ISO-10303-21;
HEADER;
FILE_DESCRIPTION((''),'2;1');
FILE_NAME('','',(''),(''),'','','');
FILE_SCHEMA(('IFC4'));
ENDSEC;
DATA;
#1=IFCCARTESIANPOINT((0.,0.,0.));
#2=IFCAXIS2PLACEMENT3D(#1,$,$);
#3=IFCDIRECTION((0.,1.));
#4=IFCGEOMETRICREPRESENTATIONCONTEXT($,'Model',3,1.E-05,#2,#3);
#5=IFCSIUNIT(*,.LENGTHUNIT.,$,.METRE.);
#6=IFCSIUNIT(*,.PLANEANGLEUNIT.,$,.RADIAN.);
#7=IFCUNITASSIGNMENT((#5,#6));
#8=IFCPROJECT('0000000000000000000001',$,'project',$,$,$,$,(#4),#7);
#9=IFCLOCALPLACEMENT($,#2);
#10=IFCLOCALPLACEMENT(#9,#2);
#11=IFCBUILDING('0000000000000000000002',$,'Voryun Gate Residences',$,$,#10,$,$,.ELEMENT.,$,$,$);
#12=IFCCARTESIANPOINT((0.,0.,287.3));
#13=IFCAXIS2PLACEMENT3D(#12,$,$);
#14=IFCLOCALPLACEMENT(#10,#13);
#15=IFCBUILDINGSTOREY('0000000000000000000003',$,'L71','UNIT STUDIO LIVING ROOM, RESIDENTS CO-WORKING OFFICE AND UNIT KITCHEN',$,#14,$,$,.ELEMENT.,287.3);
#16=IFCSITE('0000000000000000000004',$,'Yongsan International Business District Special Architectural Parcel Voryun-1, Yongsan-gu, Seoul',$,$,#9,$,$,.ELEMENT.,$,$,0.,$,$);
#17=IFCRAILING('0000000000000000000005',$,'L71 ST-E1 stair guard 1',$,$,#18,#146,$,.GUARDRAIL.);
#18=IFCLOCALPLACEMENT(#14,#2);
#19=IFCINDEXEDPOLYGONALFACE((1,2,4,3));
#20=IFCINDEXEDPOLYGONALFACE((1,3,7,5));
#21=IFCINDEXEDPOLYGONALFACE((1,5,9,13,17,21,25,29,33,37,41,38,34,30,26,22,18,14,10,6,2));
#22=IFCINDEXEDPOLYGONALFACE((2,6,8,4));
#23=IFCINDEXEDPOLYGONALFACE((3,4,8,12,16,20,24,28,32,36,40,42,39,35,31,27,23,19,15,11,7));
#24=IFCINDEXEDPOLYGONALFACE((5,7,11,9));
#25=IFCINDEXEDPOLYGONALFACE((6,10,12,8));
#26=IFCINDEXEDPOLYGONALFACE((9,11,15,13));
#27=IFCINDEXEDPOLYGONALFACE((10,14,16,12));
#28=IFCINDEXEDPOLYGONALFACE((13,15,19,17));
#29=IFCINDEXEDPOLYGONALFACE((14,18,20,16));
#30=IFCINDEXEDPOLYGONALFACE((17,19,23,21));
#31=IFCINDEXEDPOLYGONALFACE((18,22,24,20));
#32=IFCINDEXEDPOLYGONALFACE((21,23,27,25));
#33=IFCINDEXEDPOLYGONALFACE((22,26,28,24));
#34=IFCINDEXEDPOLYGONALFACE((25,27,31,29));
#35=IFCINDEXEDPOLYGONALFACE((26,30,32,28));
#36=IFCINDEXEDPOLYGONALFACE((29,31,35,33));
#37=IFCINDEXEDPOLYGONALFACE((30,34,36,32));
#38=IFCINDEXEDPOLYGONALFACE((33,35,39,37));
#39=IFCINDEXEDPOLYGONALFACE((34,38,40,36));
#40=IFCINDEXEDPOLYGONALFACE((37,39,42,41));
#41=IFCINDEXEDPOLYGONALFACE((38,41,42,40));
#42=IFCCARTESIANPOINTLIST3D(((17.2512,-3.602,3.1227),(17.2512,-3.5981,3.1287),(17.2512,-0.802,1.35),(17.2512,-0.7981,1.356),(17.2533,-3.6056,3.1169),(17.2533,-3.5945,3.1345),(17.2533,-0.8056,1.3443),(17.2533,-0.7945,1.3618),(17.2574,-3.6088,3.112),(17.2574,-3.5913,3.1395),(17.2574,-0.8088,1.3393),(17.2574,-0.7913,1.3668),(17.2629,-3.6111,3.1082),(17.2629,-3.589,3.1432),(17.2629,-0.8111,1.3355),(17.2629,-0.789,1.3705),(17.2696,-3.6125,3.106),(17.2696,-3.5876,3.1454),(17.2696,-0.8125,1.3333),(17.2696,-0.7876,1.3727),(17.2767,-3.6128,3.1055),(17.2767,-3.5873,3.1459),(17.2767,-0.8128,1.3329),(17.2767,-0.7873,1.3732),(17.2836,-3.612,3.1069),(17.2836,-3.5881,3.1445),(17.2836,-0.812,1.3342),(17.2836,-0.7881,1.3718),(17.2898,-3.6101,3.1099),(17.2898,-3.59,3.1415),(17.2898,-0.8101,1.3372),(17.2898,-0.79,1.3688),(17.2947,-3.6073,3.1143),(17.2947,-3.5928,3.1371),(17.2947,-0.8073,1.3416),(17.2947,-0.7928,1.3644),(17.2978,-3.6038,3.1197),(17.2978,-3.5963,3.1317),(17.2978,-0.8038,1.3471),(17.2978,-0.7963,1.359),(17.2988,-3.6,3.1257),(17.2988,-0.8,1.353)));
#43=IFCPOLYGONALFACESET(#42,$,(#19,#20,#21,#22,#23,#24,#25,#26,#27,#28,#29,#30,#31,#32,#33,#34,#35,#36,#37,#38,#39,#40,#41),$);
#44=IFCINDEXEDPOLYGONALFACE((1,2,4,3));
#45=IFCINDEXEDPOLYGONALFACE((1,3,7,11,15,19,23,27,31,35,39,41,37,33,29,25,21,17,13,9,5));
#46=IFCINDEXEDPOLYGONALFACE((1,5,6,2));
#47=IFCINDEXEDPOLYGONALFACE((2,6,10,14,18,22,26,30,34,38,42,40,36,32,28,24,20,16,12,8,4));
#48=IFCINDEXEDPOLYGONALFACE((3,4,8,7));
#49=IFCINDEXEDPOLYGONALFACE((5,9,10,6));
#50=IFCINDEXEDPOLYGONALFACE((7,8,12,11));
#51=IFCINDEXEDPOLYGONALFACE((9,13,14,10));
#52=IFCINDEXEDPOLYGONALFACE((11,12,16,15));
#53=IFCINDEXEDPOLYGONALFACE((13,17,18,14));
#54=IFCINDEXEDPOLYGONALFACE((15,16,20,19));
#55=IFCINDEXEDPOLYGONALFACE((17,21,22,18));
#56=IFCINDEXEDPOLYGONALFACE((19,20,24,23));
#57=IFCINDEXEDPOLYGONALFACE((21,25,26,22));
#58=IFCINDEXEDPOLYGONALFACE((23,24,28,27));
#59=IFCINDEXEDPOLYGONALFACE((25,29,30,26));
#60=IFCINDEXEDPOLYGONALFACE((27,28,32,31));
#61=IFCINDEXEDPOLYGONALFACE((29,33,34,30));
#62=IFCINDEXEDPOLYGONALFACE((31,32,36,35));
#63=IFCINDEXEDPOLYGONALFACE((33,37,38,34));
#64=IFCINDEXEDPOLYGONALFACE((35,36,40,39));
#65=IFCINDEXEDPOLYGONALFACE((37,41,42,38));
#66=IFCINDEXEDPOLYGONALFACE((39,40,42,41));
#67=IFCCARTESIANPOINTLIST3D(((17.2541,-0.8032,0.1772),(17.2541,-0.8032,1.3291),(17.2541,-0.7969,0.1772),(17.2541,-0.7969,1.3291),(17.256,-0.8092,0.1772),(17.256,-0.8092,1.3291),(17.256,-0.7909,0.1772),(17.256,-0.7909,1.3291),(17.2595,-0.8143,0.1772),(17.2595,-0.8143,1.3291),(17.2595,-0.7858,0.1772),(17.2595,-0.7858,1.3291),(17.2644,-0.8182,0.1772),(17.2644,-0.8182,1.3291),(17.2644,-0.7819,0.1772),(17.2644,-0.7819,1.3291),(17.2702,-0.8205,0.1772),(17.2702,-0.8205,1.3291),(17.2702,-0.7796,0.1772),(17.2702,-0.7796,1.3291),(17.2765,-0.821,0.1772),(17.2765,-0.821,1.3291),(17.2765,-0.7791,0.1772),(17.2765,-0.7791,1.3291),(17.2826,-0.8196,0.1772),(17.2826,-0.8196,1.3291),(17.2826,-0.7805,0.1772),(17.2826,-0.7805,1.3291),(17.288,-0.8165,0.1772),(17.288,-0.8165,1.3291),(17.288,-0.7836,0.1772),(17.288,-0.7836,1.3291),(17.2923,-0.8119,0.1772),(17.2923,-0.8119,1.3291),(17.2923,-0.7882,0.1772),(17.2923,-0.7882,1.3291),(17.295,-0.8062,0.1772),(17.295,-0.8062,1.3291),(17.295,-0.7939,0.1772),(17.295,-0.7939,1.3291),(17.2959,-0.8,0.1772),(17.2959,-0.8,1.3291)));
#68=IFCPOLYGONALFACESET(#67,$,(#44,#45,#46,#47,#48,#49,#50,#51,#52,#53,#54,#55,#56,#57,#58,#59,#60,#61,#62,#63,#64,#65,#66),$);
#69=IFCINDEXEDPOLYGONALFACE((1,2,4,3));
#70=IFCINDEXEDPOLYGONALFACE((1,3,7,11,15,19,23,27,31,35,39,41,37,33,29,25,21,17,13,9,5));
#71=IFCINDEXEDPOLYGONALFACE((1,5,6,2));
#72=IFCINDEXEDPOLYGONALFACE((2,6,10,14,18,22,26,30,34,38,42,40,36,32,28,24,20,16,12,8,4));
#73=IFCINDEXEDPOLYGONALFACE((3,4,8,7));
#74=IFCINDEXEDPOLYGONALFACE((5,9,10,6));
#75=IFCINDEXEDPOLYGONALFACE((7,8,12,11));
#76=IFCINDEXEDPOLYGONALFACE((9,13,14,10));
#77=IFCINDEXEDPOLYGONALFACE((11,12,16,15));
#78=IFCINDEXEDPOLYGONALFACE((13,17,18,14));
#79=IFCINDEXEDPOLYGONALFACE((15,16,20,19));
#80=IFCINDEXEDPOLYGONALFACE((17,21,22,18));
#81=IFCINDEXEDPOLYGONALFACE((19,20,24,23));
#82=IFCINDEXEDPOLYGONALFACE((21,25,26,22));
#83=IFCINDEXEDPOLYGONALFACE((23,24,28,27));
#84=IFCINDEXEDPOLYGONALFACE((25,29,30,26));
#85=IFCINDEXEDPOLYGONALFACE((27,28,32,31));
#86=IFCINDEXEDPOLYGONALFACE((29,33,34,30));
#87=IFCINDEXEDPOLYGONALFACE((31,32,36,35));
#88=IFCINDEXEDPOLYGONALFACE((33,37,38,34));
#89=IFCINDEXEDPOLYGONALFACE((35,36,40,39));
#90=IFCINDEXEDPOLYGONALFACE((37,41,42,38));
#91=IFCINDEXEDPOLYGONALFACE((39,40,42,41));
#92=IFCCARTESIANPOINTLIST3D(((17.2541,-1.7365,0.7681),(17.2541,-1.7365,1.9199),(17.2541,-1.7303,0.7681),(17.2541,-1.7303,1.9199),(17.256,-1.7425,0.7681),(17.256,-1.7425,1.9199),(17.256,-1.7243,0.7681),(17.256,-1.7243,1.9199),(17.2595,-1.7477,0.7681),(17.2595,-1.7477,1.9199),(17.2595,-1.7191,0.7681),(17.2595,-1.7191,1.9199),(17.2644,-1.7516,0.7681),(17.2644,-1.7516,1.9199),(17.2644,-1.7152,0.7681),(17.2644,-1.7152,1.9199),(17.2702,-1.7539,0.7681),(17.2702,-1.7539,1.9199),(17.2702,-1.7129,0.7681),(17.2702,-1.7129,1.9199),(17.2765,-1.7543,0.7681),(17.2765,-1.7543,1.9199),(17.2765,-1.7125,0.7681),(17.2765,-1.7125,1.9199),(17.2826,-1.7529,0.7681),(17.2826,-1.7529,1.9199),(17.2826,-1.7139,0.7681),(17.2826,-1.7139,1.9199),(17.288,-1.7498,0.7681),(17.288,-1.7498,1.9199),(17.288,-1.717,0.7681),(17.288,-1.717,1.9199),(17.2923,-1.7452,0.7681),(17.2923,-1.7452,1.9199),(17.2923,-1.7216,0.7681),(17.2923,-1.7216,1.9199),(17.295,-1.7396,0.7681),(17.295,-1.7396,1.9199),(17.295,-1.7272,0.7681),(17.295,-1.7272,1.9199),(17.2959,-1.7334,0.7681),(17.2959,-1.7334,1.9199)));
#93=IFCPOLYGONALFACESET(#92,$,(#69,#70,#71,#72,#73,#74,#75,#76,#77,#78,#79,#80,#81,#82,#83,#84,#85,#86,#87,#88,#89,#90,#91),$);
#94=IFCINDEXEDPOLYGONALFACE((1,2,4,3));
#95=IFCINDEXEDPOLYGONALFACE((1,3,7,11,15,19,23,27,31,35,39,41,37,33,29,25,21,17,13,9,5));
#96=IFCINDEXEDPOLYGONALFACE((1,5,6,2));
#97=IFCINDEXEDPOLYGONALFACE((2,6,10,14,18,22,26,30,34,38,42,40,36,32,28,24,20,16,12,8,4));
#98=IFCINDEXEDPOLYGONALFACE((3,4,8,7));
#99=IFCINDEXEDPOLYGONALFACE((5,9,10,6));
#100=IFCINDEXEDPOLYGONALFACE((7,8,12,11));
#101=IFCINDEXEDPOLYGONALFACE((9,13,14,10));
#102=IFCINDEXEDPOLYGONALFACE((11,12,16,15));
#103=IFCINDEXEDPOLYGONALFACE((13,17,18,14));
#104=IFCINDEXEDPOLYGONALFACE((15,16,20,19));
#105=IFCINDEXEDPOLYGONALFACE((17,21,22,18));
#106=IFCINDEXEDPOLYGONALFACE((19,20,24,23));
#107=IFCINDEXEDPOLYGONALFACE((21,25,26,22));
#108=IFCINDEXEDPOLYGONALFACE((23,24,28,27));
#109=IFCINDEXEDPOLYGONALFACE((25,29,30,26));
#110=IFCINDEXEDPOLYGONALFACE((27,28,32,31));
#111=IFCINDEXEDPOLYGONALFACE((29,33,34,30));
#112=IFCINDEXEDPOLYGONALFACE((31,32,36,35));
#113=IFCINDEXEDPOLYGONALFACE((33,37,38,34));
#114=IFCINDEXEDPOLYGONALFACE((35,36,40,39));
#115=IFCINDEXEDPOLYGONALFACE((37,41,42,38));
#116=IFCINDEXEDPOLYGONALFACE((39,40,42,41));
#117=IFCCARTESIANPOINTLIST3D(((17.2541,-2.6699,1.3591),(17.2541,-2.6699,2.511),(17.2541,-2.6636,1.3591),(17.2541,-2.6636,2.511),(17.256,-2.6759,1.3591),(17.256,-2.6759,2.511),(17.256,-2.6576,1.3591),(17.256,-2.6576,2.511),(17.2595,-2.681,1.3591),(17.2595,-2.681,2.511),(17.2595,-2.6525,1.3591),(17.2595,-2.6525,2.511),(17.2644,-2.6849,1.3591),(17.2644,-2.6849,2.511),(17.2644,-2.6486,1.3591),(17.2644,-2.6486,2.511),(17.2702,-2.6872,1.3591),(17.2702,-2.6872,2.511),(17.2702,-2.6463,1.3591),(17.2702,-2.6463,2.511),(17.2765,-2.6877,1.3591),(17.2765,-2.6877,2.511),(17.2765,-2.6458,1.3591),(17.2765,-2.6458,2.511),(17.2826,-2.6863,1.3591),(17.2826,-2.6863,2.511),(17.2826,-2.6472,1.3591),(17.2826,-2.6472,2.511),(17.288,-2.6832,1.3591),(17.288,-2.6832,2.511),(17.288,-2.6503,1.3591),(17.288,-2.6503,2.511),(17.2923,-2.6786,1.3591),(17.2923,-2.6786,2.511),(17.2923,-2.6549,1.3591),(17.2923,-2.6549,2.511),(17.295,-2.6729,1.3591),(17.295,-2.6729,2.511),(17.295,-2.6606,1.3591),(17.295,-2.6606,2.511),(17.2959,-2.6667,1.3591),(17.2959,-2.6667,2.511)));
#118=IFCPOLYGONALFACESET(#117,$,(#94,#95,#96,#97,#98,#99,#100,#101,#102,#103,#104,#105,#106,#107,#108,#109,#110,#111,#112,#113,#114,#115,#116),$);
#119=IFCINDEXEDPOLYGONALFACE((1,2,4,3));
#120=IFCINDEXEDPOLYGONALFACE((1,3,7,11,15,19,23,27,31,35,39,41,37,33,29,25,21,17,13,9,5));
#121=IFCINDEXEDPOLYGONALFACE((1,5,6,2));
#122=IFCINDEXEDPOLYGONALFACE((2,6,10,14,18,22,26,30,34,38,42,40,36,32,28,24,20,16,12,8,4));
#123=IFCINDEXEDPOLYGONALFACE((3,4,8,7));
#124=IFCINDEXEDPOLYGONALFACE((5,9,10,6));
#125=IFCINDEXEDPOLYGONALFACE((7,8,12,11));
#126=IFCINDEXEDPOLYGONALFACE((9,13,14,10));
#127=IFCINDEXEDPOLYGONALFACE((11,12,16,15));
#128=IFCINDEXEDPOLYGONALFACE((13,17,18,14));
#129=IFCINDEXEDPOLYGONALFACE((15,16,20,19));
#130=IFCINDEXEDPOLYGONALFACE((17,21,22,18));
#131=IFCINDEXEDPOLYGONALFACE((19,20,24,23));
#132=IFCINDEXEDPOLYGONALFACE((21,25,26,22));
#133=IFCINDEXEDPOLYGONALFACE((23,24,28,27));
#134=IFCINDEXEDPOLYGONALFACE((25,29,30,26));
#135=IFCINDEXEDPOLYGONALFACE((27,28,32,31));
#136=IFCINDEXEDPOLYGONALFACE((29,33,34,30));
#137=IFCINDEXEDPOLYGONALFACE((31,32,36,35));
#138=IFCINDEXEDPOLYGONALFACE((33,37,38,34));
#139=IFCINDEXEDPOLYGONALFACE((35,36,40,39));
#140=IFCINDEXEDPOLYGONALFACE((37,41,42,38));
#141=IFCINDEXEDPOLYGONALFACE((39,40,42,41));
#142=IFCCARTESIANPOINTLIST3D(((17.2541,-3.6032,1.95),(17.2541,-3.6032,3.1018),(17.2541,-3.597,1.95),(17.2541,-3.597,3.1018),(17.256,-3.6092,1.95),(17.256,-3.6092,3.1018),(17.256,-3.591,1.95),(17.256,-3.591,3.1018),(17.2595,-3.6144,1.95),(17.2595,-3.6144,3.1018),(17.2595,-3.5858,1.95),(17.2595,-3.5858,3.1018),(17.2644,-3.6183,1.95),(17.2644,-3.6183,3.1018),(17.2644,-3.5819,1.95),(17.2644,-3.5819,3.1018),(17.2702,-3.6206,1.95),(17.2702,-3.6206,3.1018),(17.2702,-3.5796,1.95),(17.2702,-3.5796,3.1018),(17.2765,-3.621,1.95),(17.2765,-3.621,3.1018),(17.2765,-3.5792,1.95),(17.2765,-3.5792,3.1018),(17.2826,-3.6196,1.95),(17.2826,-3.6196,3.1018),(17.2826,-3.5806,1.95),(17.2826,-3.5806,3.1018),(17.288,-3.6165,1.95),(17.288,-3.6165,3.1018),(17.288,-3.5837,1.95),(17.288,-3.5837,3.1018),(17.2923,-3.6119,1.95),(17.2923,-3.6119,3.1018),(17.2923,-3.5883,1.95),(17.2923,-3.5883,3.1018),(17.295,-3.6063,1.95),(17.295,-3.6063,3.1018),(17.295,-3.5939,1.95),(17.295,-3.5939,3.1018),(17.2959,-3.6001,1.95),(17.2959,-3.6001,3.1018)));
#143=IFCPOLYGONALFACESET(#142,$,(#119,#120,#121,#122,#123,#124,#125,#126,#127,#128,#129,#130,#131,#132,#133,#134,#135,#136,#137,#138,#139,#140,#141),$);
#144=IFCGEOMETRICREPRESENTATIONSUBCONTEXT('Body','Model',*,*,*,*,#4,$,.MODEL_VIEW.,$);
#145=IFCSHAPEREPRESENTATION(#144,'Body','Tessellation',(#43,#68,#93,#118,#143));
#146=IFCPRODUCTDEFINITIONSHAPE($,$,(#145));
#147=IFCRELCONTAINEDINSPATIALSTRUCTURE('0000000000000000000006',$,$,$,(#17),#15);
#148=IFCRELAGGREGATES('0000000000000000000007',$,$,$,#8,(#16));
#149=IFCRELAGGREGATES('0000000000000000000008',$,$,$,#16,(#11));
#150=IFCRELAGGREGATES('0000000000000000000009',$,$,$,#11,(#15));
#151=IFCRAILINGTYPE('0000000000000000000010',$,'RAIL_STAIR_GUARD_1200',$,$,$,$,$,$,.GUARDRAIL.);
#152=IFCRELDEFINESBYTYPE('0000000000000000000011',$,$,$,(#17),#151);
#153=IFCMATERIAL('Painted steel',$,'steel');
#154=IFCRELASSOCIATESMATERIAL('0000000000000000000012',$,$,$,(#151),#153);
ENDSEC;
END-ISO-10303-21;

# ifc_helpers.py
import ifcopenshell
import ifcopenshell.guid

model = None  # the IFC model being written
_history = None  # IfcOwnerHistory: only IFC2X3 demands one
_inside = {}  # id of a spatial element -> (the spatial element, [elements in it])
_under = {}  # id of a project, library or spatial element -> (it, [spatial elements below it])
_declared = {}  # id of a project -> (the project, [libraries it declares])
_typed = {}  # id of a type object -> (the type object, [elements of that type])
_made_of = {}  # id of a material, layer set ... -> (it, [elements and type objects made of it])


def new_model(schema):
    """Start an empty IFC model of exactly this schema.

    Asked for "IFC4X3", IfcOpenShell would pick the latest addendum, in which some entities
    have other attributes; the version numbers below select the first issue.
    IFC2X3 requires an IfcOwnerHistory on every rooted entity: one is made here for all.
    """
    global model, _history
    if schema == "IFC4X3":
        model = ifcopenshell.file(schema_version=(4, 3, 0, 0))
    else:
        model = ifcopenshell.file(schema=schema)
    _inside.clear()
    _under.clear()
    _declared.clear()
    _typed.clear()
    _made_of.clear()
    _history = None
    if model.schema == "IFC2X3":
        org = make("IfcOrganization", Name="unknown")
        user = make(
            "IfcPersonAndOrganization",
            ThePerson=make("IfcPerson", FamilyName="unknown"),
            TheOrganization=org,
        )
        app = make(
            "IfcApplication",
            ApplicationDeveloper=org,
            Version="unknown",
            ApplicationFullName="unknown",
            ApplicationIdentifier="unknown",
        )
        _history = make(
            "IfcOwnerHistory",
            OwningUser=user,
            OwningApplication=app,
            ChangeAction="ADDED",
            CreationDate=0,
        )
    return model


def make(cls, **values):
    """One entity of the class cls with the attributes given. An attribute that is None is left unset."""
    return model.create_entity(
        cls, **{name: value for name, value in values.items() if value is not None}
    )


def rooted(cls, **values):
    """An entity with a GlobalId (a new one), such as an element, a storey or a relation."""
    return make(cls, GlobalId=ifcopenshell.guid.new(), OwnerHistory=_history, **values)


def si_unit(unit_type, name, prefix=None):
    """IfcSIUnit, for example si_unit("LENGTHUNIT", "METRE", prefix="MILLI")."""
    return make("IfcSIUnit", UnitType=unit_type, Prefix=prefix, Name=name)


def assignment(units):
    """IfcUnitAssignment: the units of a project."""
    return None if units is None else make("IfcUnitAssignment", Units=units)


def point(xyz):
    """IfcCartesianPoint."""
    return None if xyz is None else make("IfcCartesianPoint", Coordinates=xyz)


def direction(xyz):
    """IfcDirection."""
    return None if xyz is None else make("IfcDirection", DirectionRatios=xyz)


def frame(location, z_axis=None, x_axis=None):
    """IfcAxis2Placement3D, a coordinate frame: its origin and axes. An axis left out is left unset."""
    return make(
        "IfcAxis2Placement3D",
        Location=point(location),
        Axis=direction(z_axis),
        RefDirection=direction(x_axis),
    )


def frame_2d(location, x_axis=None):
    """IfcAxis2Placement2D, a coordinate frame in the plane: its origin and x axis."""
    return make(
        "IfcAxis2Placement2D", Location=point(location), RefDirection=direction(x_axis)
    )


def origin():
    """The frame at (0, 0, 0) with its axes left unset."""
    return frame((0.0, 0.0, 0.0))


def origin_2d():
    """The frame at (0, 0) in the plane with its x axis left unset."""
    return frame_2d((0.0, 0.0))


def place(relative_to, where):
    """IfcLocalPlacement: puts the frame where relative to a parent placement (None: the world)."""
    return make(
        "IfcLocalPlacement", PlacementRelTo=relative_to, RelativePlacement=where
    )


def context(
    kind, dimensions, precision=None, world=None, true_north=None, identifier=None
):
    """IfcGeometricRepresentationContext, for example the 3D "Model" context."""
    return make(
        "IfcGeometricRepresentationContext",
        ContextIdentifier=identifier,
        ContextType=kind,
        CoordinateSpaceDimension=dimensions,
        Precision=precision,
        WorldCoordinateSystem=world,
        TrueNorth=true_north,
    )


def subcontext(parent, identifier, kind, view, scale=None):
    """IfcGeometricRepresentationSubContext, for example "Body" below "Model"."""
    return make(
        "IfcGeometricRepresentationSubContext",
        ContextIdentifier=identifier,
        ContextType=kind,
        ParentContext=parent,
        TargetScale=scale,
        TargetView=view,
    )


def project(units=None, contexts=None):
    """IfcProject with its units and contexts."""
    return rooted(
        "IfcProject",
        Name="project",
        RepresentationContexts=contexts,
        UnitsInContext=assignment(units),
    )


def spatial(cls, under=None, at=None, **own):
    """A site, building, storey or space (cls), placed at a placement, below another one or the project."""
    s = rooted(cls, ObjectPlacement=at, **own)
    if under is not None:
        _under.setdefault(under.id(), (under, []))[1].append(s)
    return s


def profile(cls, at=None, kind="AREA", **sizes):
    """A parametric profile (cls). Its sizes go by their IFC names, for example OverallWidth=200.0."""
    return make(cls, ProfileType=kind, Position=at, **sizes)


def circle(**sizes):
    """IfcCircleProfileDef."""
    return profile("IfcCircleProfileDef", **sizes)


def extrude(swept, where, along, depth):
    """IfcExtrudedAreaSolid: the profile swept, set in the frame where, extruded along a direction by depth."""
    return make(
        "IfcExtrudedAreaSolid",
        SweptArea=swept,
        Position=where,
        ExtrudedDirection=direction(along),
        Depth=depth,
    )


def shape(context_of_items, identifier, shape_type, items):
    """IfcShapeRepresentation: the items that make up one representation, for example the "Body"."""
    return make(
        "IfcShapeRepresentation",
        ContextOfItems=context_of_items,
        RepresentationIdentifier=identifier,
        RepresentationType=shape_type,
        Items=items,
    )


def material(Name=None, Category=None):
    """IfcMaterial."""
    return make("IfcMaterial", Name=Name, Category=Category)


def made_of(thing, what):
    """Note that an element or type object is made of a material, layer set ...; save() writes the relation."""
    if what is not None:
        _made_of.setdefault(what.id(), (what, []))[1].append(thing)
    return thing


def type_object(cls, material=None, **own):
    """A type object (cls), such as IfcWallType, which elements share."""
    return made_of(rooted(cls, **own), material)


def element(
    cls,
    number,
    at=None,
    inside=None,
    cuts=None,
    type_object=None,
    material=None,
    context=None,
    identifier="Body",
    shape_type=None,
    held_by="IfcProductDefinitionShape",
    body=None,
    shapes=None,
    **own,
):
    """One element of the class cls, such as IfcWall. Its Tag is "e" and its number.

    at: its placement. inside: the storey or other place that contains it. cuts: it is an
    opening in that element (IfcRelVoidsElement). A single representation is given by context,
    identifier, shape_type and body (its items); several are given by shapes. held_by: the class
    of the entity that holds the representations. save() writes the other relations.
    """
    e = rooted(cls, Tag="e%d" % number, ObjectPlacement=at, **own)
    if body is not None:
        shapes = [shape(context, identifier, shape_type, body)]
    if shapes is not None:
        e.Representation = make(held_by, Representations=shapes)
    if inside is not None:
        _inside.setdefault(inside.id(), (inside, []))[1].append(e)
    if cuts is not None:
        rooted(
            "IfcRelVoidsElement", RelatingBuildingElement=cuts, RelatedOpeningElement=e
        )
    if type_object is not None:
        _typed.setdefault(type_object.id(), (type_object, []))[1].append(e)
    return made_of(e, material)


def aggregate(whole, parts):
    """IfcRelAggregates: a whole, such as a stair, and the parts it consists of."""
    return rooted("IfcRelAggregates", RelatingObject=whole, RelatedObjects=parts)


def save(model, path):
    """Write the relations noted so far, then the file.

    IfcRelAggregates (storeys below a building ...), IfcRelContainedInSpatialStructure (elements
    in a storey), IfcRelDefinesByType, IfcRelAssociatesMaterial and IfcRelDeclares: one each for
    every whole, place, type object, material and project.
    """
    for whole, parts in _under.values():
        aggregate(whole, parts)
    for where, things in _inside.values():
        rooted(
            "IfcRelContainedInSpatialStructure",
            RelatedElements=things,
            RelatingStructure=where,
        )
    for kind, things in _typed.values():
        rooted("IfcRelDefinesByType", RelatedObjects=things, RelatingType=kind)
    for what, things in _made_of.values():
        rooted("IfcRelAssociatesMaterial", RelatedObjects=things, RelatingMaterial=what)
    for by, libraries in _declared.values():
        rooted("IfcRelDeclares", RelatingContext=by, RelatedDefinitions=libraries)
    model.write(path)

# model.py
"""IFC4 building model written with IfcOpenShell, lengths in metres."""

from ifc_helpers import new_model, si_unit, direction, frame, origin, origin_2d, place, context, subcontext, project, spatial, circle, extrude, material, type_object, element, save


model = new_model("IFC4")

# Units and contexts
model_context = context("Model", 3, precision=1e-05, world=origin(), true_north=direction((0.0, 1.0)))
body_context = subcontext(model_context, "Body", "Model", "MODEL_VIEW")
ifc_project = project(units=[si_unit("LENGTHUNIT", "METRE"), si_unit("PLANEANGLEUNIT", "RADIAN")], contexts=[model_context])

# Site, building, storey
site_placement = place(None, origin())
site = spatial("IfcSite", under=ifc_project, at=site_placement, Name="Yongsan International Business District Special Architectural Parcel Voryun-1, Yongsan-gu, Seoul", CompositionType="ELEMENT", RefElevation=0.0)
building_placement = place(site_placement, origin())
building = spatial("IfcBuilding", under=site, at=building_placement, Name="Voryun Gate Residences", CompositionType="ELEMENT")
storey_placement = place(building_placement, frame((0.0, 0.0, 287.3)))
storey = spatial("IfcBuildingStorey", under=building, at=storey_placement, Name="L71", Description="UNIT STUDIO LIVING ROOM, RESIDENTS CO-WORKING OFFICE AND UNIT KITCHEN", CompositionType="ELEMENT", Elevation=287.3)

# Railing
ifc_material_1 = material(Name="Painted steel", Category="steel")
railing_type_1 = type_object("IfcRailingType", Name="RAIL_STAIR_GUARD_1200", PredefinedType="GUARDRAIL", material=ifc_material_1)
railing_1_placement = place(storey_placement, frame((17.2749, -0.8, 0.1772)))
element("IfcRailing", 1, at=railing_1_placement, inside=storey, type_object=railing_type_1, Name="L71 ST-E1 stair guard 1", PredefinedType="GUARDRAIL", context=body_context, shape_type="SweptSolid", body=[
    extrude(circle(Radius=0.0239, at=origin_2d()), frame((0.0, 0.0, 1.1758), z_axis=(0.0, -0.844909, 0.53491), x_axis=(1.0, 0.0, 0.0)), (0.0, 0.0, 1.0), 3.314),
    extrude(circle(Radius=0.021, at=origin_2d()), origin(), (0.0, 0.0, 1.0), 1.1519),
    extrude(circle(Radius=0.021, at=origin_2d()), frame((0.0, -0.9333, 0.5908)), (0.0, 0.0, 1.0), 1.1519),
    extrude(circle(Radius=0.021, at=origin_2d()), frame((0.0, -1.8667, 1.1819)), (0.0, 0.0, 1.0), 1.1519),
    extrude(circle(Radius=0.021, at=origin_2d()), frame((0.0, -2.8, 1.7727)), (0.0, 0.0, 1.0), 1.1519),
])

save(model, "model.ifc")
